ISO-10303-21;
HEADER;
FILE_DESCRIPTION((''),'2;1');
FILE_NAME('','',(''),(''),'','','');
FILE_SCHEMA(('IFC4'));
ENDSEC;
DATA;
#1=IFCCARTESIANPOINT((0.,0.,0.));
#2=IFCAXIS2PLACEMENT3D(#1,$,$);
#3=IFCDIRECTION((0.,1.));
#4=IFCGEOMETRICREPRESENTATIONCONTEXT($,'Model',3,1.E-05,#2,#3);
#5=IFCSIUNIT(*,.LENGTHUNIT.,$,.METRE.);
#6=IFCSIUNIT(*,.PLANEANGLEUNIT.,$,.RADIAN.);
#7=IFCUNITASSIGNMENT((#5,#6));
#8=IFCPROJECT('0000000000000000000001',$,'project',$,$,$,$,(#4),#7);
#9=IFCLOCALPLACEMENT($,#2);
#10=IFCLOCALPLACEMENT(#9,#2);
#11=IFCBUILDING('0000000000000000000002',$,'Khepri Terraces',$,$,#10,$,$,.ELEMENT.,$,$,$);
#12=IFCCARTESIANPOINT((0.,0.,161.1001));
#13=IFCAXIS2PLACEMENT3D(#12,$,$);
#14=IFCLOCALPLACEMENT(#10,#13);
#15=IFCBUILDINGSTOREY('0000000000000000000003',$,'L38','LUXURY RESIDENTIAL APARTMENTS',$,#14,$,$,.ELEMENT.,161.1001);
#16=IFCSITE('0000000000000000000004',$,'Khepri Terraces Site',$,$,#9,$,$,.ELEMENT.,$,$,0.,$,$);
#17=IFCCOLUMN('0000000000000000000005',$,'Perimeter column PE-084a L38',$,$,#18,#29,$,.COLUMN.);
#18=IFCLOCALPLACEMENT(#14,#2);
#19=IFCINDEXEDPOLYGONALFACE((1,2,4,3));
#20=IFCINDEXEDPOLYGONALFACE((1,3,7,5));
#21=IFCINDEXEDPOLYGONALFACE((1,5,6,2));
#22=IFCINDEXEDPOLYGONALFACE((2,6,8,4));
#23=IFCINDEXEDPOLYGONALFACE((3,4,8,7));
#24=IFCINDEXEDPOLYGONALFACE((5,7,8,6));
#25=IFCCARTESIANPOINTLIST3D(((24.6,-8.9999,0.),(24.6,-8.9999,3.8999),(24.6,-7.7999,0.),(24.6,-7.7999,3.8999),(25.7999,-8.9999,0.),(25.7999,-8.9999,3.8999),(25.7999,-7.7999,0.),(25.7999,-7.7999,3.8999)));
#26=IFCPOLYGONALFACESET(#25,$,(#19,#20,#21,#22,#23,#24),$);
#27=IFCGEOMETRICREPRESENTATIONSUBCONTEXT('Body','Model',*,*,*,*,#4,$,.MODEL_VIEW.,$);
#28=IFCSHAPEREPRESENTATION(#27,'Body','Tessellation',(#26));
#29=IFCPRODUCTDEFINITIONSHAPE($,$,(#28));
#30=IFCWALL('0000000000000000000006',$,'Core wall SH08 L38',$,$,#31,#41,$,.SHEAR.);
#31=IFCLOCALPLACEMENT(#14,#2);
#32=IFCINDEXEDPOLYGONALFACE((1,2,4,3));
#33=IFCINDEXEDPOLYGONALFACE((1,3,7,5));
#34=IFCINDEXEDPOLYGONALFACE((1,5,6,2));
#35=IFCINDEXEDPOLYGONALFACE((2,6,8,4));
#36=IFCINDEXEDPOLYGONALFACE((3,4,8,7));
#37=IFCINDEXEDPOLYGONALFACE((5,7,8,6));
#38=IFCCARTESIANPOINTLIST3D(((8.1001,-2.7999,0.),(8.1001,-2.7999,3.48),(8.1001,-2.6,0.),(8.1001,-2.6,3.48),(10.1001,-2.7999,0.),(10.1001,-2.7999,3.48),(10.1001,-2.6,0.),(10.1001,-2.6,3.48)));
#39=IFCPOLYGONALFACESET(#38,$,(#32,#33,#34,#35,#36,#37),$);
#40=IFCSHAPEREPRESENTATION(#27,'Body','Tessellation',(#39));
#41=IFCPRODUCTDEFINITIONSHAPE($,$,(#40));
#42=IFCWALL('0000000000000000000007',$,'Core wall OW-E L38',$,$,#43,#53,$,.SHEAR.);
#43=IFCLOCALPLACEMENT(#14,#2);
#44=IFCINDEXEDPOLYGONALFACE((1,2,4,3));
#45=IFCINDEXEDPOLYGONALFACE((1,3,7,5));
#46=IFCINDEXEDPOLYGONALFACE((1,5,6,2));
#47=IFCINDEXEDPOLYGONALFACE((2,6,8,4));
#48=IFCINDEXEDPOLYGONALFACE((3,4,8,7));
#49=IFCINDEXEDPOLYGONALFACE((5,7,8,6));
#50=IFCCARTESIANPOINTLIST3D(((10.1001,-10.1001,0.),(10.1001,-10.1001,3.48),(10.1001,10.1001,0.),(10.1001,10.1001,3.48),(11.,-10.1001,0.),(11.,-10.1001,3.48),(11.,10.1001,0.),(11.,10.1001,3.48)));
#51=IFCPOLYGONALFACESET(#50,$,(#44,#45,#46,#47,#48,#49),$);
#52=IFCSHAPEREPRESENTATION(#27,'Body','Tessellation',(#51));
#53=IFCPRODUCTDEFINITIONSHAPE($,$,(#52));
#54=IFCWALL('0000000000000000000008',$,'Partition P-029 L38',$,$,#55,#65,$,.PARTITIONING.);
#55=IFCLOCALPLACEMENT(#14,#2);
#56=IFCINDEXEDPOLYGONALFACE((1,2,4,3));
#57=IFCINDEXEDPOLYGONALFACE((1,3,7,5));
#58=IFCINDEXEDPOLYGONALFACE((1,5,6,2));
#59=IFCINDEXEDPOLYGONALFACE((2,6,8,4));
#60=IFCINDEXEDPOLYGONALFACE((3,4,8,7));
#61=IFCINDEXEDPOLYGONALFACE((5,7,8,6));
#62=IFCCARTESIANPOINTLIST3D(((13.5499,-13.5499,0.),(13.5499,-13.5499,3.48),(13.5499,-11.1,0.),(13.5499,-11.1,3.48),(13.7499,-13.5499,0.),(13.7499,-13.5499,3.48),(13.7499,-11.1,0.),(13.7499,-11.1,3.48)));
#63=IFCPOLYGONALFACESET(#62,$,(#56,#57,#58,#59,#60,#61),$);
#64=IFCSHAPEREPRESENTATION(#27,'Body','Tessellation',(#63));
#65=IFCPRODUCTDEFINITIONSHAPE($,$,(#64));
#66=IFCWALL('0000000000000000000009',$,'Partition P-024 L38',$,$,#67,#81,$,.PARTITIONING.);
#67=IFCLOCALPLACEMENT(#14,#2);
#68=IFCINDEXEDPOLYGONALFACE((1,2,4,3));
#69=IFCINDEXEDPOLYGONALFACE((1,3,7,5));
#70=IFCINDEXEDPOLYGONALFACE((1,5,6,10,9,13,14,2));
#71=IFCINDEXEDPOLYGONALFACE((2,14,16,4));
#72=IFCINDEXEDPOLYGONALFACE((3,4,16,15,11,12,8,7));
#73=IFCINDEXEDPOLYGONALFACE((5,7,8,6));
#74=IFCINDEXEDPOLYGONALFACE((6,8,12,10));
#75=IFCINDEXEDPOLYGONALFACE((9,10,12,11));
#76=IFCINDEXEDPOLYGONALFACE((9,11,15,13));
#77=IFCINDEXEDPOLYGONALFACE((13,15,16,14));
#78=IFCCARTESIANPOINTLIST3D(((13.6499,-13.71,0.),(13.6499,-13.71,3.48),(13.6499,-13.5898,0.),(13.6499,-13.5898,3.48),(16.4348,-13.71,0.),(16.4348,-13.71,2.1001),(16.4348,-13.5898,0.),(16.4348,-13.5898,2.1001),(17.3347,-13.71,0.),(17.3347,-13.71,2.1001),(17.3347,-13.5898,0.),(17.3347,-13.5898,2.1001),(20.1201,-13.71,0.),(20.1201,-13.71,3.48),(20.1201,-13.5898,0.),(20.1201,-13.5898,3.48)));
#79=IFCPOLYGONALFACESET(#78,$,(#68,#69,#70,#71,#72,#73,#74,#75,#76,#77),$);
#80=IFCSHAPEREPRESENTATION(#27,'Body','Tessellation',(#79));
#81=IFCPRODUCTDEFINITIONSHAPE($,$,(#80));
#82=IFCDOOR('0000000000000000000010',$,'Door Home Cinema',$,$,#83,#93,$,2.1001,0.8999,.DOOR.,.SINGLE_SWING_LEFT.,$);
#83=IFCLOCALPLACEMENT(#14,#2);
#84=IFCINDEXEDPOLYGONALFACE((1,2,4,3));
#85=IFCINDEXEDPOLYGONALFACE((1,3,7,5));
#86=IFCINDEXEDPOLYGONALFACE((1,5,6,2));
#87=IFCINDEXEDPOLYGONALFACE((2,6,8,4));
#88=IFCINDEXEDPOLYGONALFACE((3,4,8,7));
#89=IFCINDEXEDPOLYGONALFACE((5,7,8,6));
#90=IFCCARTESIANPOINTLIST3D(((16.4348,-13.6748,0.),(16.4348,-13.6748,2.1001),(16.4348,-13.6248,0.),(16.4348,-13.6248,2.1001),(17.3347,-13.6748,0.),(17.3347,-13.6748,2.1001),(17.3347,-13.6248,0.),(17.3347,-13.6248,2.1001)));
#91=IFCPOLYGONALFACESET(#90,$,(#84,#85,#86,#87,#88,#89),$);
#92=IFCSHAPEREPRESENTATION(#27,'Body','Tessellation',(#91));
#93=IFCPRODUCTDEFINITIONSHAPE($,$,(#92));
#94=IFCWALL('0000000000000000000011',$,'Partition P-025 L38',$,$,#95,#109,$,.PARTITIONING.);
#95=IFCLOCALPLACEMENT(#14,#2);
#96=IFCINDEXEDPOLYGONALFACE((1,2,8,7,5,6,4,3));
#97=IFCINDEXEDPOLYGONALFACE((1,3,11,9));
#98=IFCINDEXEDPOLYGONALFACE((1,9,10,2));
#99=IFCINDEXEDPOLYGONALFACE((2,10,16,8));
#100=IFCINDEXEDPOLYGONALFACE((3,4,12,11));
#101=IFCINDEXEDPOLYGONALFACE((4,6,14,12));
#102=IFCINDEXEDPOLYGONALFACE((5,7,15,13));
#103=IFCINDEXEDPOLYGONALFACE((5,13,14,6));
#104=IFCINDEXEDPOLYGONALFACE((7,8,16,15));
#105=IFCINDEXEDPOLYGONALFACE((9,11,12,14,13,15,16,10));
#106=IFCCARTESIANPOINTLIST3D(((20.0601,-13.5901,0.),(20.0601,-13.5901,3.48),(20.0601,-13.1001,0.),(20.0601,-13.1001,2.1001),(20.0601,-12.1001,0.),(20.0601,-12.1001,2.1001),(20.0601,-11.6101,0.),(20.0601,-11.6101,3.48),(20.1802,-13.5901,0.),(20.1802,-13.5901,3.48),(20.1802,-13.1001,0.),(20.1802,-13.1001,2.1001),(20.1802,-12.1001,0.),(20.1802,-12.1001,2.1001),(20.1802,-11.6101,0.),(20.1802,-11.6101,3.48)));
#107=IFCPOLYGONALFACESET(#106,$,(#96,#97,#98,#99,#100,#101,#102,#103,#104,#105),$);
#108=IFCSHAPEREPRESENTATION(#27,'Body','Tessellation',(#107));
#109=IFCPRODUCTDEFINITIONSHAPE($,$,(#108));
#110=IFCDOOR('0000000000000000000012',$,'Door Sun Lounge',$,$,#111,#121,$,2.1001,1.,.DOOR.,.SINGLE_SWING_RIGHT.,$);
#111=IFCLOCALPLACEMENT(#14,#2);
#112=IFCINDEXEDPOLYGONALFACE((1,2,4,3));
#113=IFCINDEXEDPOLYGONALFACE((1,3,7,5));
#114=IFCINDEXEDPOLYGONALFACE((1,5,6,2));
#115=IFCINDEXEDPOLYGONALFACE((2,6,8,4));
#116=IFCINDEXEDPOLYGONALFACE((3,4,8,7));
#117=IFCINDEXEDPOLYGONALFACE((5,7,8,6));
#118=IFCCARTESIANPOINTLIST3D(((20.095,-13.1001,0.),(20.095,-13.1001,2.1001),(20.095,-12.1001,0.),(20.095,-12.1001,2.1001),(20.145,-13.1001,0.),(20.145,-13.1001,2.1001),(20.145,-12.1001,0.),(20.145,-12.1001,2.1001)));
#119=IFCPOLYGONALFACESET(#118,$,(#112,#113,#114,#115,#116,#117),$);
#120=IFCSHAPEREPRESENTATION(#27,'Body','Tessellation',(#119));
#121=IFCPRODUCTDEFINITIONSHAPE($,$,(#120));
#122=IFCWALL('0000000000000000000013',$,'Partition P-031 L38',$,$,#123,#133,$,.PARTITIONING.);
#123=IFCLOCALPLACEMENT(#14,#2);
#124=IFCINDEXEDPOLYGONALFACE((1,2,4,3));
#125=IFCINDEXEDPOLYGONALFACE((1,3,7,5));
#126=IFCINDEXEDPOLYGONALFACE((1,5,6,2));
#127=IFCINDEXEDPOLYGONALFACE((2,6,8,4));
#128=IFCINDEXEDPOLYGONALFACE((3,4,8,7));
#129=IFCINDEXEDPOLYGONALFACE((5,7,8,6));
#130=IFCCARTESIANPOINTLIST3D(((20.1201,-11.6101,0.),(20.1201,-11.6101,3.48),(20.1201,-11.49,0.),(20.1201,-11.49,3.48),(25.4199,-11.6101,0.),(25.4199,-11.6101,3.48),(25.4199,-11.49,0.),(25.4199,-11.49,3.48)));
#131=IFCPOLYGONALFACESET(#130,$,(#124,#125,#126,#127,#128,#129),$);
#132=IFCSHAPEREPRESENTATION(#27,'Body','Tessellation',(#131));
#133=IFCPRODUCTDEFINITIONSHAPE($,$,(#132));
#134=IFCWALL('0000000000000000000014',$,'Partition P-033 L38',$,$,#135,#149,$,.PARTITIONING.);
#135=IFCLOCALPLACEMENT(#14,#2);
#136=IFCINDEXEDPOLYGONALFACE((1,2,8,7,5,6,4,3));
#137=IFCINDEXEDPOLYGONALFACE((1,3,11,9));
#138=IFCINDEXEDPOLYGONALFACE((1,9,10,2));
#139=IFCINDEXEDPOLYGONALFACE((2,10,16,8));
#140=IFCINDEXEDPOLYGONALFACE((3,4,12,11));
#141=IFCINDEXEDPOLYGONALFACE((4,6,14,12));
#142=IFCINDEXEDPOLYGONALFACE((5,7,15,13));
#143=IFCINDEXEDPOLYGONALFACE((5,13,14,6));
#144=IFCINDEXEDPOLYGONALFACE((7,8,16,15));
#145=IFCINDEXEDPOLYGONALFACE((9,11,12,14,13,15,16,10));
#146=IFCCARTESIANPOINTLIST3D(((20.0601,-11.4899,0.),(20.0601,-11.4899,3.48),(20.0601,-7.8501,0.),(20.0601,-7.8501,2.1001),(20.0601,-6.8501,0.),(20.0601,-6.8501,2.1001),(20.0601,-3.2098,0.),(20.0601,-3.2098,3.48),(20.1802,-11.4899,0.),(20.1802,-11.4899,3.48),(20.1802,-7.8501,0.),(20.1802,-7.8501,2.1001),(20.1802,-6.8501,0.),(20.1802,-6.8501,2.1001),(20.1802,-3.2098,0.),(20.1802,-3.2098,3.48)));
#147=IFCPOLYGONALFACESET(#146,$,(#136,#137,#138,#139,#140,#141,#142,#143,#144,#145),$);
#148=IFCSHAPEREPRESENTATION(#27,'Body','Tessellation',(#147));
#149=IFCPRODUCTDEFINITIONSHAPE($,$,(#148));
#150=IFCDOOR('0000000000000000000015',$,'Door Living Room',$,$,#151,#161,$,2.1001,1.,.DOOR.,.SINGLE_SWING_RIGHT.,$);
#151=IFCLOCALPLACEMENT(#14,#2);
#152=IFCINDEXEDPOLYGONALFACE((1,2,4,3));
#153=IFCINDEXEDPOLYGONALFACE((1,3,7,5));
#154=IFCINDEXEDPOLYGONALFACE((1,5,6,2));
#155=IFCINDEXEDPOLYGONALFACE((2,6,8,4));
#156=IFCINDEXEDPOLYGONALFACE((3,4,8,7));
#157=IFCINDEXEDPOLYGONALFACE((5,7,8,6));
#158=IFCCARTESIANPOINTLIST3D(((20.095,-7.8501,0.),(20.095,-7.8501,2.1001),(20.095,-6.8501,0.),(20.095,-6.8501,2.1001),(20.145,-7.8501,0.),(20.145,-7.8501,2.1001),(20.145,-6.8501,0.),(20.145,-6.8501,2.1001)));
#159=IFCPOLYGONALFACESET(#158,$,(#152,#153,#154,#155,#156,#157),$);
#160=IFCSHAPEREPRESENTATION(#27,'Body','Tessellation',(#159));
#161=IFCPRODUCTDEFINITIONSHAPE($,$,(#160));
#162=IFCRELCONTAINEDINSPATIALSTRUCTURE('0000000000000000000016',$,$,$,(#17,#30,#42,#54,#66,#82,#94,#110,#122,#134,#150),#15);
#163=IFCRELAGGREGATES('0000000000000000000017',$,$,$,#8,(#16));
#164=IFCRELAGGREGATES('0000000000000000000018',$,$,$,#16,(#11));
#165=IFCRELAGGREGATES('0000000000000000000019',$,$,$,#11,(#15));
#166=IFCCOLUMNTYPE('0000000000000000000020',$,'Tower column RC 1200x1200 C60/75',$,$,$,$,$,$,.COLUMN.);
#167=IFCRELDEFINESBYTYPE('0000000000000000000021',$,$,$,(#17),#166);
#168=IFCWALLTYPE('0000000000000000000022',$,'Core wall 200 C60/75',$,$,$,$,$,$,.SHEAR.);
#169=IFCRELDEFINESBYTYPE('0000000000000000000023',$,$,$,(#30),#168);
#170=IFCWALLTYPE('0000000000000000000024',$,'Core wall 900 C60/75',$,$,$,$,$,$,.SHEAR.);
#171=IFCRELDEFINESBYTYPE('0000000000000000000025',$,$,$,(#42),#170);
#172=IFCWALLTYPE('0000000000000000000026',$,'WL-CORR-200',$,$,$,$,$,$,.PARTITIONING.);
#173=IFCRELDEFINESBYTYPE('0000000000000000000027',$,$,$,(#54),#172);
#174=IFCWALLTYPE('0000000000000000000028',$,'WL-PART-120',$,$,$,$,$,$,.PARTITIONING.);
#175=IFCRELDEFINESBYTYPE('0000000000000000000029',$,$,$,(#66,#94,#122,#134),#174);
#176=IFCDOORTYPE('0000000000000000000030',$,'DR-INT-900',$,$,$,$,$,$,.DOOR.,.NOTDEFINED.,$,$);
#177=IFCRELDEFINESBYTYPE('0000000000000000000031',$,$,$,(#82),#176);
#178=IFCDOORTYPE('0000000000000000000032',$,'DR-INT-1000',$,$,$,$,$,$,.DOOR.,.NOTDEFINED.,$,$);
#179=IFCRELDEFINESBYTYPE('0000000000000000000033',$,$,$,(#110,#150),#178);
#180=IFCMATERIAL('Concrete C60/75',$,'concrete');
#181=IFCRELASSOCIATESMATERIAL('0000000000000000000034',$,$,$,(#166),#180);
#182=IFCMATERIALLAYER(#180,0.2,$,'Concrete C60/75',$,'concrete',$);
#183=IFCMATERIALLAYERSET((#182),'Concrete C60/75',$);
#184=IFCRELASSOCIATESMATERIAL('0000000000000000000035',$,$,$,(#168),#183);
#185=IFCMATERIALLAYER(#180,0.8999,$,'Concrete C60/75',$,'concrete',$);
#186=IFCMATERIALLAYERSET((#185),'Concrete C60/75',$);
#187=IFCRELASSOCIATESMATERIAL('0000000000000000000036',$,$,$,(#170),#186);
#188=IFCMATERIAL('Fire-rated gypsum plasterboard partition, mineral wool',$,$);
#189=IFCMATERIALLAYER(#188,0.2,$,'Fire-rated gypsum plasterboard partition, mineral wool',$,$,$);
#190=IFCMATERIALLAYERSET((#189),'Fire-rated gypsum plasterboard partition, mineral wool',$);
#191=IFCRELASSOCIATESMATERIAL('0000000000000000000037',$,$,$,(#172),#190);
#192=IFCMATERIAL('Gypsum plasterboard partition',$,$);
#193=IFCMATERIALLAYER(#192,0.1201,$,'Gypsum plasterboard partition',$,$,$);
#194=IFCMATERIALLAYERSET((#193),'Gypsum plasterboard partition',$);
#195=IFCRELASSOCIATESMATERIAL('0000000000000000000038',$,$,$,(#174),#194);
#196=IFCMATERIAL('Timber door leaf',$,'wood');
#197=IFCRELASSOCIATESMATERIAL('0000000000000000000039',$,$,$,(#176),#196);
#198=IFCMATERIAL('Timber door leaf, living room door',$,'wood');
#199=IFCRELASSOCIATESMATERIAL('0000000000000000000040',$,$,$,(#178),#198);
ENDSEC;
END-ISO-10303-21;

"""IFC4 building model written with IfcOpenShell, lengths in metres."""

from ifc_helpers import new_model, si_unit, direction, frame, frame_2d, origin, origin_2d, place, context, subcontext, project, spatial, rectangle, extrude, material, layer, layer_set, material_profile, profile_set, type_object, element, fill, save


model = new_model("IFC4")

# Units and contexts
model_context = context("Model", 3, precision=1e-05, world=origin(), true_north=direction((0.0, 1.0)))
body_context = subcontext(model_context, "Body", "Model", "MODEL_VIEW")
ifc_project = project(units=[si_unit("LENGTHUNIT", "METRE"), si_unit("PLANEANGLEUNIT", "RADIAN")], contexts=[model_context])

# Site, building, storey
site_placement = place(None, origin())
site = spatial("IfcSite", under=ifc_project, at=site_placement, Name="Khepri Terraces Site", CompositionType="ELEMENT", RefElevation=0.0)
building_placement = place(site_placement, origin())
building = spatial("IfcBuilding", under=site, at=building_placement, Name="Khepri Terraces", CompositionType="ELEMENT")
storey_placement = place(building_placement, frame((0.0, 0.0, 161.1001)))
storey = spatial("IfcBuildingStorey", under=building, at=storey_placement, Name="L38", Description="LUXURY RESIDENTIAL APARTMENTS", CompositionType="ELEMENT", Elevation=161.1001)

# Column
ifc_material_1 = material(Name="Concrete C60/75", Category="concrete")
ifc_material_profile = material_profile(ifc_material_1, rectangle(XDim=1.2, YDim=1.2, at=origin_2d()), Name="Concrete C60/75", Category="concrete")
ifc_profile_set = profile_set([ifc_material_profile], Name="Concrete C60/75")
column_type = type_object("IfcColumnType", Name="Tower column RC 1200x1200 C60/75", PredefinedType="COLUMN", material=ifc_profile_set)
column_placement = place(storey_placement, frame((25.2, -8.3999, 0.0), z_axis=(0.0, 0.0, 1.0), x_axis=(1.0, 0.0, 0.0)))
element("IfcColumn", 1, at=column_placement, inside=storey, type_object=column_type, Name="Perimeter column PE-084a L38", PredefinedType="COLUMN", context=body_context, shape_type="SweptSolid", body=[
    extrude(rectangle(XDim=1.2, YDim=1.2, at=origin_2d()), origin(), (0.0, 0.0, 1.0), 3.8999),
])

# Walls
ifc_layer_1 = layer(ifc_material_1, 0.2, Name="Concrete C60/75", Category="concrete")
ifc_layer_set_1 = layer_set([ifc_layer_1], Name="Concrete C60/75")
wall_type_1 = type_object("IfcWallType", Name="Core wall 200 C60/75", PredefinedType="SHEAR", material=ifc_layer_set_1)
wall_1_placement = place(storey_placement, frame((8.1001, -2.7, 0.0), z_axis=(0.0, 0.0, 1.0), x_axis=(1.0, 0.0, 0.0)))
element("IfcWall", 2, at=wall_1_placement, inside=storey, type_object=wall_type_1, Name="Core wall SH08 L38", PredefinedType="SHEAR", context=body_context, shape_type="SweptSolid", body=[
    extrude(rectangle(XDim=2.0, YDim=0.2, at=frame_2d((1.0, 0.0))), origin(), (0.0, 0.0, 1.0), 3.48),
])
ifc_layer_2 = layer(ifc_material_1, 0.8999, Name="Concrete C60/75", Category="concrete")
ifc_layer_set_2 = layer_set([ifc_layer_2], Name="Concrete C60/75")
wall_type_2 = type_object("IfcWallType", Name="Core wall 900 C60/75", PredefinedType="SHEAR", material=ifc_layer_set_2)
wall_2_placement = place(storey_placement, frame((10.55, -10.1001, 0.0), z_axis=(0.0, 0.0, 1.0), x_axis=(0.0, 1.0, 0.0)))
element("IfcWall", 3, at=wall_2_placement, inside=storey, type_object=wall_type_2, Name="Core wall OW-E L38", PredefinedType="SHEAR", context=body_context, shape_type="SweptSolid", body=[
    extrude(rectangle(XDim=20.2002, YDim=0.8999, at=frame_2d((10.1001, 0.0))), origin(), (0.0, 0.0, 1.0), 3.48),
])
ifc_material_2 = material(Name="Fire-rated gypsum plasterboard partition, mineral wool")
ifc_layer_3 = layer(ifc_material_2, 0.2, Name="Fire-rated gypsum plasterboard partition, mineral wool")
ifc_layer_set_3 = layer_set([ifc_layer_3], Name="Fire-rated gypsum plasterboard partition, mineral wool")
wall_type_3 = type_object("IfcWallType", Name="WL-CORR-200", PredefinedType="PARTITIONING", material=ifc_layer_set_3)
wall_3_placement = place(storey_placement, frame((13.6499, -13.55, 0.0), z_axis=(0.0, 0.0, 1.0), x_axis=(0.0, 1.0, 0.0)))
element("IfcWall", 4, at=wall_3_placement, inside=storey, type_object=wall_type_3, Name="Partition P-029 L38", PredefinedType="PARTITIONING", context=body_context, shape_type="SweptSolid", body=[
    extrude(rectangle(XDim=2.45, YDim=0.2, at=frame_2d((1.2251, 0.0))), origin(), (0.0, 0.0, 1.0), 3.48),
])

# Walls, openings, doors
ifc_material_3 = material(Name="Gypsum plasterboard partition")
ifc_layer_4 = layer(ifc_material_3, 0.1201, Name="Gypsum plasterboard partition")
ifc_layer_set_4 = layer_set([ifc_layer_4], Name="Gypsum plasterboard partition")
wall_type_4 = type_object("IfcWallType", Name="WL-PART-120", PredefinedType="PARTITIONING", material=ifc_layer_set_4)
wall_4_placement = place(storey_placement, frame((13.6499, -13.6499, 0.0), z_axis=(0.0, 0.0, 1.0), x_axis=(1.0, 0.0, 0.0)))
wall_4 = element("IfcWall", 5, at=wall_4_placement, inside=storey, type_object=wall_type_4, Name="Partition P-024 L38", PredefinedType="PARTITIONING", context=body_context, shape_type="SweptSolid", body=[
    extrude(rectangle(XDim=6.4702, YDim=0.1201, at=frame_2d((3.2351, 0.0))), origin(), (0.0, 0.0, 1.0), 3.48),
])
opening_1_placement = place(wall_4_placement, frame((2.7849, 0.0, 0.0)))
opening_1 = element("IfcOpeningElement", 6, at=opening_1_placement, cuts=wall_4, PredefinedType="OPENING", context=body_context, shape_type="SweptSolid", body=[
    extrude(rectangle(XDim=0.8999, YDim=2.1001, at=frame_2d((0.45, 1.05))), frame((0.0, 0.0701, 0.0), z_axis=(0.0, -1.0, 0.0), x_axis=(1.0, 0.0, 0.0)), (0.0, 0.0, 1.0), 0.1401),
])
ifc_material_4 = material(Name="Timber door leaf", Category="wood")
door_type_1 = type_object("IfcDoorType", Name="DR-INT-900", OperationType="NOTDEFINED", PredefinedType="DOOR", material=ifc_material_4)
door_1_placement = place(opening_1_placement, frame((0.8999, 0.0, 0.0), z_axis=(0.0, 0.0, 1.0), x_axis=(-1.0, 0.0, 0.0)))
door_1 = element("IfcDoor", 7, at=door_1_placement, inside=storey, type_object=door_type_1, Name="Door Home Cinema", OperationType="SINGLE_SWING_LEFT", OverallHeight=2.1001, OverallWidth=0.8999, PredefinedType="DOOR", context=body_context, shape_type="SweptSolid", body=[
    extrude(rectangle(XDim=0.8999, YDim=2.1001, at=frame_2d((0.45, 1.05))), frame((0.0, 0.0249, 0.0), z_axis=(0.0, -1.0, 0.0), x_axis=(1.0, 0.0, 0.0)), (0.0, 0.0, 1.0), 0.05),
])
fill(opening_1, door_1)
wall_5_placement = place(storey_placement, frame((20.1201, -13.5901, 0.0), z_axis=(0.0, 0.0, 1.0), x_axis=(0.0, 1.0, 0.0)))
wall_5 = element("IfcWall", 8, at=wall_5_placement, inside=storey, type_object=wall_type_4, Name="Partition P-025 L38", PredefinedType="PARTITIONING", context=body_context, shape_type="SweptSolid", body=[
    extrude(rectangle(XDim=1.98, YDim=0.1201, at=frame_2d((0.99, 0.0))), origin(), (0.0, 0.0, 1.0), 3.48),
])
opening_2_placement = place(wall_5_placement, frame((0.49, 0.0, 0.0)))
opening_2 = element("IfcOpeningElement", 9, at=opening_2_placement, cuts=wall_5, PredefinedType="OPENING", context=body_context, shape_type="SweptSolid", body=[
    extrude(rectangle(XDim=1.0, YDim=2.1001, at=frame_2d((0.5, 1.05))), frame((0.0, 0.0701, 0.0), z_axis=(0.0, -1.0, 0.0), x_axis=(1.0, 0.0, 0.0)), (0.0, 0.0, 1.0), 0.1401),
])
ifc_material_5 = material(Name="Timber door leaf, living room door", Category="wood")
door_type_2 = type_object("IfcDoorType", Name="DR-INT-1000", OperationType="NOTDEFINED", PredefinedType="DOOR", material=ifc_material_5)
door_2_placement = place(opening_2_placement, frame((1.0, 0.0, 0.0), z_axis=(0.0, 0.0, 1.0), x_axis=(-1.0, 0.0, 0.0)))
door_2 = element("IfcDoor", 10, at=door_2_placement, inside=storey, type_object=door_type_2, Name="Door Sun Lounge", OperationType="SINGLE_SWING_RIGHT", OverallHeight=2.1001, OverallWidth=1.0, PredefinedType="DOOR", context=body_context, shape_type="SweptSolid", body=[
    extrude(rectangle(XDim=1.0, YDim=2.1001, at=frame_2d((0.5, 1.05))), frame((0.0, 0.0249, 0.0), z_axis=(0.0, -1.0, 0.0), x_axis=(1.0, 0.0, 0.0)), (0.0, 0.0, 1.0), 0.05),
])
fill(opening_2, door_2)

# Wall
wall_6_placement = place(storey_placement, frame((20.1201, -11.55, 0.0), z_axis=(0.0, 0.0, 1.0), x_axis=(1.0, 0.0, 0.0)))
element("IfcWall", 11, at=wall_6_placement, inside=storey, type_object=wall_type_4, Name="Partition P-031 L38", PredefinedType="PARTITIONING", context=body_context, shape_type="SweptSolid", body=[
    extrude(rectangle(XDim=5.2998, YDim=0.1201, at=frame_2d((2.6499, 0.0))), origin(), (0.0, 0.0, 1.0), 3.48),
])

# Wall, opening, door
wall_7_placement = place(storey_placement, frame((20.1201, -11.49, 0.0), z_axis=(0.0, 0.0, 1.0), x_axis=(0.0, 1.0, 0.0)))
wall_7 = element("IfcWall", 12, at=wall_7_placement, inside=storey, type_object=wall_type_4, Name="Partition P-033 L38", PredefinedType="PARTITIONING", context=body_context, shape_type="SweptSolid", body=[
    extrude(rectangle(XDim=8.28, YDim=0.1201, at=frame_2d((4.1401, 0.0))), origin(), (0.0, 0.0, 1.0), 3.48),
])
opening_3_placement = place(wall_7_placement, frame((3.6399, 0.0, 0.0)))
opening_3 = element("IfcOpeningElement", 13, at=opening_3_placement, cuts=wall_7, PredefinedType="OPENING", context=body_context, shape_type="SweptSolid", body=[
    extrude(rectangle(XDim=1.0, YDim=2.1001, at=frame_2d((0.5, 1.05))), frame((0.0, 0.0701, 0.0), z_axis=(0.0, -1.0, 0.0), x_axis=(1.0, 0.0, 0.0)), (0.0, 0.0, 1.0), 0.1401),
])
door_3_placement = place(opening_3_placement, frame((1.0, 0.0, 0.0), z_axis=(0.0, 0.0, 1.0), x_axis=(-1.0, 0.0, 0.0)))
door_3 = element("IfcDoor", 14, at=door_3_placement, inside=storey, type_object=door_type_2, Name="Door Living Room", OperationType="SINGLE_SWING_RIGHT", OverallHeight=2.1001, OverallWidth=1.0, PredefinedType="DOOR", context=body_context, shape_type="SweptSolid", body=[
    extrude(rectangle(XDim=1.0, YDim=2.1001, at=frame_2d((0.5, 1.05))), frame((0.0, 0.0249, 0.0), z_axis=(0.0, -1.0, 0.0), x_axis=(1.0, 0.0, 0.0)), (0.0, 0.0, 1.0), 0.05),
])
fill(opening_3, door_3)

save(model, "model.ifc")
